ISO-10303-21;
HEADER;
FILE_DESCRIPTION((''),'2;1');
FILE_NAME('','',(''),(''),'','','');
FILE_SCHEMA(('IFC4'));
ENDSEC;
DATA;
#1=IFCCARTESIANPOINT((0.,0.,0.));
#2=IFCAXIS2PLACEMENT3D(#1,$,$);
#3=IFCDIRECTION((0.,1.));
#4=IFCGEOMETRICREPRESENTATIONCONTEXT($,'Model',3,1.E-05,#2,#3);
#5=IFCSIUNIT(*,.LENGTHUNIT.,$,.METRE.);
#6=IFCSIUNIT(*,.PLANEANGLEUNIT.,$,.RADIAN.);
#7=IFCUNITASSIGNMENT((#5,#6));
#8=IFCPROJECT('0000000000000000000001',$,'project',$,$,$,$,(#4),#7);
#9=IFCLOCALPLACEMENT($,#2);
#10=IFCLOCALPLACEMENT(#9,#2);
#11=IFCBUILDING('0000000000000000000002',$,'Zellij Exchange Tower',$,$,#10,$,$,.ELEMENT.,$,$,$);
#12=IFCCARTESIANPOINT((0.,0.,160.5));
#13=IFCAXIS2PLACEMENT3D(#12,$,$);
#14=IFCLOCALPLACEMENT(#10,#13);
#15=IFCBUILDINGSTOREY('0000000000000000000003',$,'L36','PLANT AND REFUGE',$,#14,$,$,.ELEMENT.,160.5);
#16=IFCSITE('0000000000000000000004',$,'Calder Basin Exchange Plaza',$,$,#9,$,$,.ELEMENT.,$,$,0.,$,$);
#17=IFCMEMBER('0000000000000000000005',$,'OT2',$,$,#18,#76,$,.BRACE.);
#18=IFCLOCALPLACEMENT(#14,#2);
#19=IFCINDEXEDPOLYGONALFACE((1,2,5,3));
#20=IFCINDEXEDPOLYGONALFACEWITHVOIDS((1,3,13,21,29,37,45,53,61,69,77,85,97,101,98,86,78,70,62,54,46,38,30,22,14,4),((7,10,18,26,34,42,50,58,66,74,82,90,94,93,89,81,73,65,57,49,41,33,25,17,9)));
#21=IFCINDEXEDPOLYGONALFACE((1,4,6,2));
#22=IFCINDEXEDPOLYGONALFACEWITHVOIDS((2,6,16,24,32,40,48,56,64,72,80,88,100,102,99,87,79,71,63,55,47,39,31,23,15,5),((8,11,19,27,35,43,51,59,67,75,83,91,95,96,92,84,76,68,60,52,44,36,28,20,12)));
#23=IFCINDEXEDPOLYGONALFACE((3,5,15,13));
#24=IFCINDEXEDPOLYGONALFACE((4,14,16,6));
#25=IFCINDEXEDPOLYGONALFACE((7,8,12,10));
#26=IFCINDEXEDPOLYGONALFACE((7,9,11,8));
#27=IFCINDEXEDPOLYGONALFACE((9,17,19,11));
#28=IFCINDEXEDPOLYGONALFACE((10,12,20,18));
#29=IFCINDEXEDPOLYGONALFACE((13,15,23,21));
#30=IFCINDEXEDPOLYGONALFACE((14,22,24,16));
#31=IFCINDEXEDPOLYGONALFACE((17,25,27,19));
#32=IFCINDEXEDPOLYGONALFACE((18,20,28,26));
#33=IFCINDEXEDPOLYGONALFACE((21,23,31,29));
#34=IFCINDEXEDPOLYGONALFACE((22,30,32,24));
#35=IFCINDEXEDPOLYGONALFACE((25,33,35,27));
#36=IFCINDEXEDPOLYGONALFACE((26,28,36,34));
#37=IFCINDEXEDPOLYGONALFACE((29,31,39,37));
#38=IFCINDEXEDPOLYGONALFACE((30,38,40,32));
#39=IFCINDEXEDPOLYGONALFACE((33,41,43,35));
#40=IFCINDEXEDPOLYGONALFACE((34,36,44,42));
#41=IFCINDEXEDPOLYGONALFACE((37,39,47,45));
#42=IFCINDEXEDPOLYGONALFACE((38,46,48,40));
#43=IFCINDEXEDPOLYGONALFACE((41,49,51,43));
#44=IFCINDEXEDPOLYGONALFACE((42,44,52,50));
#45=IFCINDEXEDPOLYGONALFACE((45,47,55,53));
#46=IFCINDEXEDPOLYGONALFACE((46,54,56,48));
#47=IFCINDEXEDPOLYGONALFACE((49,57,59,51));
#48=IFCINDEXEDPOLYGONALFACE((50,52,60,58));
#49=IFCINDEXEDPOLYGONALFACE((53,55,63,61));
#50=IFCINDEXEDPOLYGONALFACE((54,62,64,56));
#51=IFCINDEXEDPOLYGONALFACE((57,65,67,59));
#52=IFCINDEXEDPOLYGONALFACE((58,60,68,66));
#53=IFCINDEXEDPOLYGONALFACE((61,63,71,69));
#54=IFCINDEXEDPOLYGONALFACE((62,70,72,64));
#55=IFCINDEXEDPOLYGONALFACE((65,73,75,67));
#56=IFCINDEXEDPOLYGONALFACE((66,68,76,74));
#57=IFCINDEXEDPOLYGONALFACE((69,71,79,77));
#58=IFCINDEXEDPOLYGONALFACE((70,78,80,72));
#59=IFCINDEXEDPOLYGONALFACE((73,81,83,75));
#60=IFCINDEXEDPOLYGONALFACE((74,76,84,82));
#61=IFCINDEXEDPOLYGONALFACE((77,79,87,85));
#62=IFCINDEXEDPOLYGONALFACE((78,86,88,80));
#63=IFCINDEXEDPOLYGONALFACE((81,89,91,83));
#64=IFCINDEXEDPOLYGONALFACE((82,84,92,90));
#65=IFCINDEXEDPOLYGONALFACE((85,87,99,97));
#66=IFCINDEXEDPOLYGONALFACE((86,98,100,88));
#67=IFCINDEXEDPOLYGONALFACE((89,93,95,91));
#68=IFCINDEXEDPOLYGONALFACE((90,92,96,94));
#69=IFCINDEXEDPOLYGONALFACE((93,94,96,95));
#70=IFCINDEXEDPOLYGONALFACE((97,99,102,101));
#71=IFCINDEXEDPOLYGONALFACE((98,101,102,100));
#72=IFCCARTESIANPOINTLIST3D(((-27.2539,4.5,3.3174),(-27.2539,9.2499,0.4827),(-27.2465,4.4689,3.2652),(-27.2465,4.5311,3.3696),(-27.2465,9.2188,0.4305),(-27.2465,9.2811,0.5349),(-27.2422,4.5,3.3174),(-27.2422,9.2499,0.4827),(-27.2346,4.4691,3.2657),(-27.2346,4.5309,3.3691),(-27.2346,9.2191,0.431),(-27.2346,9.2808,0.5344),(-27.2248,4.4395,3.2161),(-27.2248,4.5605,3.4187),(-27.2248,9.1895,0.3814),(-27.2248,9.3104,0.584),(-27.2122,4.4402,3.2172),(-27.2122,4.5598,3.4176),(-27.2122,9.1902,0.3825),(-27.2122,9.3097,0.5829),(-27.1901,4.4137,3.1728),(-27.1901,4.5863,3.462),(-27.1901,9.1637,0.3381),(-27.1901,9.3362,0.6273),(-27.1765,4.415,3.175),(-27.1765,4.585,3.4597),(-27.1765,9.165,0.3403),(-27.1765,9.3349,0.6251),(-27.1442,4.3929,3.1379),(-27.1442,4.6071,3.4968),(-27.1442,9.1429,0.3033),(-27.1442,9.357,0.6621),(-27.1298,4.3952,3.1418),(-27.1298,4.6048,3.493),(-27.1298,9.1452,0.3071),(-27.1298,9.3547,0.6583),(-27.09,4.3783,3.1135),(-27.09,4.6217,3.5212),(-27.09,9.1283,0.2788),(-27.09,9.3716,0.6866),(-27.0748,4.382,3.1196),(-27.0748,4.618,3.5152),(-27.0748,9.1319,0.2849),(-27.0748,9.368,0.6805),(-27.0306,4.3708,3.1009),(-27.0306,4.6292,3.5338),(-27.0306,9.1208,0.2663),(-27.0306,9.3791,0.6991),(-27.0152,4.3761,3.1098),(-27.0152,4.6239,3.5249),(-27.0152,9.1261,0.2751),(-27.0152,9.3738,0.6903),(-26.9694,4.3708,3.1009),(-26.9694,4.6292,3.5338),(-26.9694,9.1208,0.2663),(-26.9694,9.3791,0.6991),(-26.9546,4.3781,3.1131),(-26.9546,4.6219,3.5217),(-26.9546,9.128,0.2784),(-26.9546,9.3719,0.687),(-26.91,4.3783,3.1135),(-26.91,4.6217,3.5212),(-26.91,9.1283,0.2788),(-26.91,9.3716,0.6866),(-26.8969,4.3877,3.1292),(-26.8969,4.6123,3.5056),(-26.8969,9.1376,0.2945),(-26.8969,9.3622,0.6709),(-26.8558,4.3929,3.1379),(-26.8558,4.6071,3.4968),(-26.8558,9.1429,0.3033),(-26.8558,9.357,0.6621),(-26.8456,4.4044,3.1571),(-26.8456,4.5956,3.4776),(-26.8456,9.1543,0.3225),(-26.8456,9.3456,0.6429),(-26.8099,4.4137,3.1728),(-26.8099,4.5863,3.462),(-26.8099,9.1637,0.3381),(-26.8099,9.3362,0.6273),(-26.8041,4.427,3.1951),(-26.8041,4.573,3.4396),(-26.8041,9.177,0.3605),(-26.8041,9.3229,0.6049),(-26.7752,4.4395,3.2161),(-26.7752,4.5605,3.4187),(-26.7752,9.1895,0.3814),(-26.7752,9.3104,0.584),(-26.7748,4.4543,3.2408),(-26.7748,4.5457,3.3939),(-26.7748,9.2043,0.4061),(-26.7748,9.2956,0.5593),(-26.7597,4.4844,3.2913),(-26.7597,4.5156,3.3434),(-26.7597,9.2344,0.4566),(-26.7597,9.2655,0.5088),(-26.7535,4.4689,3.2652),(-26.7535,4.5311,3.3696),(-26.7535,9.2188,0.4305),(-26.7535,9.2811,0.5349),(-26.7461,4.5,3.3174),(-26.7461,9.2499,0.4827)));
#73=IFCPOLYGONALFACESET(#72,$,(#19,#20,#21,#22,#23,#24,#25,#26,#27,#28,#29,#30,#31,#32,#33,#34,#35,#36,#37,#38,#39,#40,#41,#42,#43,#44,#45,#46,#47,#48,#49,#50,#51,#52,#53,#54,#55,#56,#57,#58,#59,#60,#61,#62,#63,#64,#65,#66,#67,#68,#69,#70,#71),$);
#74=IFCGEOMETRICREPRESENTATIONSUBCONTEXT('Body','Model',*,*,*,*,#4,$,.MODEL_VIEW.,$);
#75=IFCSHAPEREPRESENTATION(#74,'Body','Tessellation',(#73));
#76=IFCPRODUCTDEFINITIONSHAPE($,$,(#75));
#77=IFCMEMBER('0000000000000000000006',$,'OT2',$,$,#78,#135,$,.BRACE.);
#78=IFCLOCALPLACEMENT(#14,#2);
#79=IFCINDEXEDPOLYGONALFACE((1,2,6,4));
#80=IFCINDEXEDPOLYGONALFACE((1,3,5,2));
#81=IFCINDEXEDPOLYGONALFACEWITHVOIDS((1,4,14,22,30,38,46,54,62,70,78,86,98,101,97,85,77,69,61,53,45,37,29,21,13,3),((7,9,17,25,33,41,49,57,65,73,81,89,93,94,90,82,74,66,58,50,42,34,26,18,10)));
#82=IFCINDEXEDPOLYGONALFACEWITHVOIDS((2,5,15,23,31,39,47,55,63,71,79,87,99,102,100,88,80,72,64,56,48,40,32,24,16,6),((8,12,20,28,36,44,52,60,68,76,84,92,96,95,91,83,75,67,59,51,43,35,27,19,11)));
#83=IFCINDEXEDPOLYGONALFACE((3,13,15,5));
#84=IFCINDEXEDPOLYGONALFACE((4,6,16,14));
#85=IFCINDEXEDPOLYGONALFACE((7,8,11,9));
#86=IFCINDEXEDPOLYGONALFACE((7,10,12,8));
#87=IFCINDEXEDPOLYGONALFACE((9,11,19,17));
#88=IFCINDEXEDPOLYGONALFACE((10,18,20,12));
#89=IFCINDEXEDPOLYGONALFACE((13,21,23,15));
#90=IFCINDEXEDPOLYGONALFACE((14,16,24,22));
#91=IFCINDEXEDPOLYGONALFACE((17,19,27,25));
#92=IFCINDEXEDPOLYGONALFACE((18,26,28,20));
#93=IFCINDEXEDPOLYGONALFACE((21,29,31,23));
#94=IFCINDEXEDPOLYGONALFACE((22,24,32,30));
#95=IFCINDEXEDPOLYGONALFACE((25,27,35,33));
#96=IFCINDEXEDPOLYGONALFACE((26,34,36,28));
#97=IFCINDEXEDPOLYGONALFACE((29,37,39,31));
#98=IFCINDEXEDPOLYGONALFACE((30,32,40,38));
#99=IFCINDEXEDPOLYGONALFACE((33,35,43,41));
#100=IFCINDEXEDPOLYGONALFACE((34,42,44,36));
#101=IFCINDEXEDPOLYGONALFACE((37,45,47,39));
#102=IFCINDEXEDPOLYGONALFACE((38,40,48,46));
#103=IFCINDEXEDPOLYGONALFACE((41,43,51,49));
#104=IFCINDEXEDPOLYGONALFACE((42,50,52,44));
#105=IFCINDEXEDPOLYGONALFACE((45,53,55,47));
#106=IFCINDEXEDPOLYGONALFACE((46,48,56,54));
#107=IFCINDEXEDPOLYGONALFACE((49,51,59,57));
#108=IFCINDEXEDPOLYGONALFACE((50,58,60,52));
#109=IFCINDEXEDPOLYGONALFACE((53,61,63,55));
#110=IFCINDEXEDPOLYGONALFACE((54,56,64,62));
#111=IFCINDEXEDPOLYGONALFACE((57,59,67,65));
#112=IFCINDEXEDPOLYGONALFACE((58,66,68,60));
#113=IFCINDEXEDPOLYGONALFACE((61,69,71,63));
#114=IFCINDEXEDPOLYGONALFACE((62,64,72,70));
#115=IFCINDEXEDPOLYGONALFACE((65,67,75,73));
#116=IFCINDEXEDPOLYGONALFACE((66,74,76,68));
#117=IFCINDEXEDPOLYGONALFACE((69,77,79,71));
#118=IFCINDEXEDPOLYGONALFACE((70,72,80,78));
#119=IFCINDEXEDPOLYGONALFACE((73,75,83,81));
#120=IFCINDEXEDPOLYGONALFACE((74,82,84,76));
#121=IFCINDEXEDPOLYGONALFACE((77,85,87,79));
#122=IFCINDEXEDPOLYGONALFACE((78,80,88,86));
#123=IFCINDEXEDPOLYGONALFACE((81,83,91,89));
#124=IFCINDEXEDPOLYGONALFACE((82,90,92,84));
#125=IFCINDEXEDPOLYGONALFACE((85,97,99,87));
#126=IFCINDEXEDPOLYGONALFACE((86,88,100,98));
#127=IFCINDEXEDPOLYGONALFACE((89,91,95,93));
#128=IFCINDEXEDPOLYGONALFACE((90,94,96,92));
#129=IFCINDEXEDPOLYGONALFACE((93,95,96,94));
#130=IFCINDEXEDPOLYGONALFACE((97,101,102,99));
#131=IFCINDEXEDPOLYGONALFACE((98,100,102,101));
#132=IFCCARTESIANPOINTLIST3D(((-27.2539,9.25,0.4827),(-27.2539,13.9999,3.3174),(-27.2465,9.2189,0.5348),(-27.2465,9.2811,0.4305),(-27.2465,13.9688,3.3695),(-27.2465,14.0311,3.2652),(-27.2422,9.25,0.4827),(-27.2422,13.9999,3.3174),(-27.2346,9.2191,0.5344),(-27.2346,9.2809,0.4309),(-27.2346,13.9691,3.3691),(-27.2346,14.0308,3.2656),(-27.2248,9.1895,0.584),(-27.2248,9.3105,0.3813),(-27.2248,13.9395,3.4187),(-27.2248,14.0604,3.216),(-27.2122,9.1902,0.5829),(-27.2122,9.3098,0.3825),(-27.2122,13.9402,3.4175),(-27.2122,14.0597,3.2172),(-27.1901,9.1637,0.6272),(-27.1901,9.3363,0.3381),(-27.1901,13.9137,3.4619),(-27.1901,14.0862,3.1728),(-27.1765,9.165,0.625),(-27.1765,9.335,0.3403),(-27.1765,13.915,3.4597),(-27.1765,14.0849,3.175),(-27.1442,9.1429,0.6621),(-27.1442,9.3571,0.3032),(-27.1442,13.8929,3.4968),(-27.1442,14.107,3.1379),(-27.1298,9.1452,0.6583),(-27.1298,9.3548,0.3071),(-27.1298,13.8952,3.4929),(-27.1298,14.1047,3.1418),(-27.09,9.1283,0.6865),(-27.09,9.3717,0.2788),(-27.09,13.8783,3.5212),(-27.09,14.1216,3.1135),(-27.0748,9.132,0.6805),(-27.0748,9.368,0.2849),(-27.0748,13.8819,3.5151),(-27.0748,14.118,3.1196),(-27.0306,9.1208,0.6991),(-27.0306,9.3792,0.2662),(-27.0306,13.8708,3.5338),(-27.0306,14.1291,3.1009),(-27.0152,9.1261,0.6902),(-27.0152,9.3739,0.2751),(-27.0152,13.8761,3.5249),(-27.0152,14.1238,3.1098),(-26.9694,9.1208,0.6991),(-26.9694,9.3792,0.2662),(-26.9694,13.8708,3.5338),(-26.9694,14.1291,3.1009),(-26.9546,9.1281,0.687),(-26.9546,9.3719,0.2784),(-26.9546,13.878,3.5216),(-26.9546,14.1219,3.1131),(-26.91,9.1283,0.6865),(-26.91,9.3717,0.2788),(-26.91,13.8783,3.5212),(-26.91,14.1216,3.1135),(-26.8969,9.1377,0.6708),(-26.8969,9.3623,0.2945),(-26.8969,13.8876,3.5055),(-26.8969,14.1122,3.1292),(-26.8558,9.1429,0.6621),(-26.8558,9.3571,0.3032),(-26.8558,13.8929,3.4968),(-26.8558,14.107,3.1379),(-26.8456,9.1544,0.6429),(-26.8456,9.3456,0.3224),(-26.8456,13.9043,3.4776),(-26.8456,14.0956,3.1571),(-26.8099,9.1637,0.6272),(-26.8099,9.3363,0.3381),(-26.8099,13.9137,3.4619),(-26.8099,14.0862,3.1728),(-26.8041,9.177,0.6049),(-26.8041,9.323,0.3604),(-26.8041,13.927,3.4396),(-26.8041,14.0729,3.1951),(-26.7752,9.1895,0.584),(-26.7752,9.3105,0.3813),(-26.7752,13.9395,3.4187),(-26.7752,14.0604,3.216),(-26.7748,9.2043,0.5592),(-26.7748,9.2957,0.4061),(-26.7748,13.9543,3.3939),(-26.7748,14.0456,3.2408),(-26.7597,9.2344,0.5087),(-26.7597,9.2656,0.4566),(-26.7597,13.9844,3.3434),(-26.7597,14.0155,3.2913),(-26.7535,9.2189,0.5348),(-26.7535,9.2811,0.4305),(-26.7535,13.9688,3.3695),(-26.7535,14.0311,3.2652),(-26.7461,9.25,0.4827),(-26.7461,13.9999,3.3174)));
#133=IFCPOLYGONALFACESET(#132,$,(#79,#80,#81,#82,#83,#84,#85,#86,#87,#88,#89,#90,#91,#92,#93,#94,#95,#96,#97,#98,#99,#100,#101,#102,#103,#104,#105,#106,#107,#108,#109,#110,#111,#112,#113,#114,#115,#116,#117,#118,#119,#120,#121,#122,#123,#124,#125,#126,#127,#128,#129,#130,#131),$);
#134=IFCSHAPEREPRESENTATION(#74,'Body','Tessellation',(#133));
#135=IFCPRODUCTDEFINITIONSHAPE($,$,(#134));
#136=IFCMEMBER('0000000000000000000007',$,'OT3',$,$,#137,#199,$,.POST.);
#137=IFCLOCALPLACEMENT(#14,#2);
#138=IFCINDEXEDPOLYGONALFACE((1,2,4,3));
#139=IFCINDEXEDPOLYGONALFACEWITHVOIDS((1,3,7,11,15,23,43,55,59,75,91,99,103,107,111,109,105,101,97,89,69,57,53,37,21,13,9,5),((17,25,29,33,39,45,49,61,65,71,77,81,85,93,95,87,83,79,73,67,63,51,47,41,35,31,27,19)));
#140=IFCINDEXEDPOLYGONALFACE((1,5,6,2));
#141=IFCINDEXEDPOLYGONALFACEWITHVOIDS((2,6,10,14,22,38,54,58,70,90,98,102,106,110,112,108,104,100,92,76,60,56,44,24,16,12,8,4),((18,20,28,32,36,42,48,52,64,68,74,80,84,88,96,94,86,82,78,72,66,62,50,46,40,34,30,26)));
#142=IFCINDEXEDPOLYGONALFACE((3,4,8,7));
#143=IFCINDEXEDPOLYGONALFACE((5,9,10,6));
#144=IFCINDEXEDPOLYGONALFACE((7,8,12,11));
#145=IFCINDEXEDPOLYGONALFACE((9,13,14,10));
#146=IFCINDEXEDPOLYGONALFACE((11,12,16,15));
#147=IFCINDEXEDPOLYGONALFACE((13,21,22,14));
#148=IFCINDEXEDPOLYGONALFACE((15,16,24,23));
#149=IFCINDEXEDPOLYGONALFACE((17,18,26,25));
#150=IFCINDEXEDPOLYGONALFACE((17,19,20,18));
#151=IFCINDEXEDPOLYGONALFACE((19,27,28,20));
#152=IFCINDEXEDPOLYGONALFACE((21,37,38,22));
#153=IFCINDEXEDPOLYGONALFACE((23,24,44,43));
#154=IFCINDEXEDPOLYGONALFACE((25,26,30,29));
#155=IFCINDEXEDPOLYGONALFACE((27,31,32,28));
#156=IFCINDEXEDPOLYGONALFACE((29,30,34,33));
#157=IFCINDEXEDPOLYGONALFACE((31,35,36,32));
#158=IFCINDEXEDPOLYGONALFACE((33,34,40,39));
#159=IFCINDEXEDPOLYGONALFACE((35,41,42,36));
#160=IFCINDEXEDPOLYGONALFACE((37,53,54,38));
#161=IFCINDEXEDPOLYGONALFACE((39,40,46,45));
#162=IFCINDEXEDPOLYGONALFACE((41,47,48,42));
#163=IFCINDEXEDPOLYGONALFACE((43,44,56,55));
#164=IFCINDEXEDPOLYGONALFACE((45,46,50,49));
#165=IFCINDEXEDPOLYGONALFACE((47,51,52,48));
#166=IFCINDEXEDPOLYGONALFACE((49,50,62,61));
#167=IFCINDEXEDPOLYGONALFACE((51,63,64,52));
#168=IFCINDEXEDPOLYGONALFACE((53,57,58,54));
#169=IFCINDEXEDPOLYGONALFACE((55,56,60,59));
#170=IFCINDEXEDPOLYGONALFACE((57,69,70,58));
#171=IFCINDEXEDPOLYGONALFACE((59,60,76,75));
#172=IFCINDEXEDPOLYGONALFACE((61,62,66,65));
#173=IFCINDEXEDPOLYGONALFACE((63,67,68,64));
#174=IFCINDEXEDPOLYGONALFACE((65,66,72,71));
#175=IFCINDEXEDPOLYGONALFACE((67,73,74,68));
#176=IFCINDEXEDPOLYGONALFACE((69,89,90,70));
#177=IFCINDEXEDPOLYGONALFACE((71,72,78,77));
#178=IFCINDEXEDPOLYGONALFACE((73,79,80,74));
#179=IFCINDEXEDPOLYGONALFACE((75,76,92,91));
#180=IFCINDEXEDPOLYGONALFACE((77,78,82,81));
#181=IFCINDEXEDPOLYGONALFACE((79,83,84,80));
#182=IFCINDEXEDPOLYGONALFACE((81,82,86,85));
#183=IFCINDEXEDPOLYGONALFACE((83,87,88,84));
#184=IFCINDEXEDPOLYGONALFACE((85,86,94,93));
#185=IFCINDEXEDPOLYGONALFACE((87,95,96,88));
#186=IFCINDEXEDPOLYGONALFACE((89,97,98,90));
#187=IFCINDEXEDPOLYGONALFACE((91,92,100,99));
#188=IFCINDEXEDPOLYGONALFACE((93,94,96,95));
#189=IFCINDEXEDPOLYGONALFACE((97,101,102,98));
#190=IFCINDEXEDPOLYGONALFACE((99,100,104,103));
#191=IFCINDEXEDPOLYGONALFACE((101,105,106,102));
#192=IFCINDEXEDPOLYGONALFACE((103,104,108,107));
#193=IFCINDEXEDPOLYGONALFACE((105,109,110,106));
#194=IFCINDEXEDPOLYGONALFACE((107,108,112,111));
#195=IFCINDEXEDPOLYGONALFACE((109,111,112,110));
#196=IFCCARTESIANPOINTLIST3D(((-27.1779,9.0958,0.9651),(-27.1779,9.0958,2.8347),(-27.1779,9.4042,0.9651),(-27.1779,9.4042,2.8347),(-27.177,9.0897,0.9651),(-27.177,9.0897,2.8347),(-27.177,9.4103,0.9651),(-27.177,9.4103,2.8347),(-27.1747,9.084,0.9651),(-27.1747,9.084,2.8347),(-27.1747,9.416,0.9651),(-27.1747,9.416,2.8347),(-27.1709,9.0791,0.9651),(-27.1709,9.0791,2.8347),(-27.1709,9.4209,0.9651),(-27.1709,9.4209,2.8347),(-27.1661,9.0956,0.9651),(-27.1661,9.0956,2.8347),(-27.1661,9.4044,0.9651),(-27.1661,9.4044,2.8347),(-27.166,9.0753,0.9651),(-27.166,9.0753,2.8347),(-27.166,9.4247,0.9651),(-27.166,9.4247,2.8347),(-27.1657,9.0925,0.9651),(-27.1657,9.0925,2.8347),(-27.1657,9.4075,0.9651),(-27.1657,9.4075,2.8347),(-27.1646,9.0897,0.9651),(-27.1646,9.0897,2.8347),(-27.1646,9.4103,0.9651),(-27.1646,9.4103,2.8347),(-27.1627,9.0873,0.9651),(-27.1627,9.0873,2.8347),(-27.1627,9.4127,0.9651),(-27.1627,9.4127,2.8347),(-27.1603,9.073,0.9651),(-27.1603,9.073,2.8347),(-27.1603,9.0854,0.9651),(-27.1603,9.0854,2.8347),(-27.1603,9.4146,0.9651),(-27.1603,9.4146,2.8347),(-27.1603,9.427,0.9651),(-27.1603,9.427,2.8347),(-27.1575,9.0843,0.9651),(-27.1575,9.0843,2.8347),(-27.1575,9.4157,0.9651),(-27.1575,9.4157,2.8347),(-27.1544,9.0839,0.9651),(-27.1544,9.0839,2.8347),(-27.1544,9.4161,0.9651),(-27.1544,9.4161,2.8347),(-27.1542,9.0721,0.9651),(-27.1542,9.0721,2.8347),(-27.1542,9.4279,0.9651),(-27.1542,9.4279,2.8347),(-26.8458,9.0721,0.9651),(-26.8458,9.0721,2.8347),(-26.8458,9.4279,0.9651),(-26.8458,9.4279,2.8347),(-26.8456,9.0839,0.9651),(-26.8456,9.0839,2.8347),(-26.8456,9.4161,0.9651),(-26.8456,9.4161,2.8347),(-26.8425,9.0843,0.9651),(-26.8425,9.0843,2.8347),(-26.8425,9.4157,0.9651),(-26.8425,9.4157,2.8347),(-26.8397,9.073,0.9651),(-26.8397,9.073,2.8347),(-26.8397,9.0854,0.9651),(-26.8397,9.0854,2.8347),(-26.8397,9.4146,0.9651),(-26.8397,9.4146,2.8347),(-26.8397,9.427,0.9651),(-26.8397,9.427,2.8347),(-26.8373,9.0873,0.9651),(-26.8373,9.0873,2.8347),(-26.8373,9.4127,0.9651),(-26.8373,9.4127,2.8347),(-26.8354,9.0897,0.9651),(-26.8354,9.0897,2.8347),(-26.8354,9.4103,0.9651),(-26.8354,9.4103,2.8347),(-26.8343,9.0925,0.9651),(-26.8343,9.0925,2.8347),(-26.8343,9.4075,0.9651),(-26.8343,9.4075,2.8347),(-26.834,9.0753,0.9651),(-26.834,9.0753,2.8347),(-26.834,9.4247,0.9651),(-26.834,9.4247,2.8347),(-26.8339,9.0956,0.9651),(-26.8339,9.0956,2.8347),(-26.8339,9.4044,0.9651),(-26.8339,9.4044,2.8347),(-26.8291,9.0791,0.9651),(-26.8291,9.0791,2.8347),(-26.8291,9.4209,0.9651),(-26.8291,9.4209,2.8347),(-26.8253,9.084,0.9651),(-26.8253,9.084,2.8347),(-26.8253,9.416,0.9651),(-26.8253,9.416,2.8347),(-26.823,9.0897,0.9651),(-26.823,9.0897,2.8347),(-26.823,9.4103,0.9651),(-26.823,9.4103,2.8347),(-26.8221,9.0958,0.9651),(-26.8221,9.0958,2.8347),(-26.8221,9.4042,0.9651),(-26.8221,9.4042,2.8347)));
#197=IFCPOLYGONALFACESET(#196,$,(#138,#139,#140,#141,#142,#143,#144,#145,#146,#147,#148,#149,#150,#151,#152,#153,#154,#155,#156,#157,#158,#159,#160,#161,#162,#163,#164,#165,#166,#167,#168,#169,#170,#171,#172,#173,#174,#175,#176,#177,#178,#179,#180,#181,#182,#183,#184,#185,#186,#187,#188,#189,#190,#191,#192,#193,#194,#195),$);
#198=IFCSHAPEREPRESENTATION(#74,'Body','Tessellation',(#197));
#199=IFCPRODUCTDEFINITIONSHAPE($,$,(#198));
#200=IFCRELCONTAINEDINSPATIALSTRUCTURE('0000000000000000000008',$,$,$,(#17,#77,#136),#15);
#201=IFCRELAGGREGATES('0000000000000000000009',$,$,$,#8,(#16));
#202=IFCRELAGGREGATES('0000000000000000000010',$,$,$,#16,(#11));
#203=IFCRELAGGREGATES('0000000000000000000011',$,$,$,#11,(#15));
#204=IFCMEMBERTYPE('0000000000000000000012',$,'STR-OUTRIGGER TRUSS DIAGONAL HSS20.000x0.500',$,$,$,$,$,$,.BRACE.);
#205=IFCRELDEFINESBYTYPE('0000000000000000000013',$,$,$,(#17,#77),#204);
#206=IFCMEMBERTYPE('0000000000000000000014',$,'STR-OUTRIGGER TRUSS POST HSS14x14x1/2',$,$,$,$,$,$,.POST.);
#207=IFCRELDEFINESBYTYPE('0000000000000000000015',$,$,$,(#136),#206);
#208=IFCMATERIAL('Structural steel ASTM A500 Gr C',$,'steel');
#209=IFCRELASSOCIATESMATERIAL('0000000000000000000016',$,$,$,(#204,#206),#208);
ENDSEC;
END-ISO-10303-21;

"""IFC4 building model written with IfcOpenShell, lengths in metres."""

from ifc_helpers import new_model, si_unit, direction, frame, origin, origin_2d, place, context, subcontext, project, spatial, hollow_rectangle, hollow_circle, extrude, material, material_profile, profile_set, type_object, element, save


model = new_model("IFC4")

# Units and contexts
model_context = context("Model", 3, precision=1e-05, world=origin(), true_north=direction((0.0, 1.0)))
body_context = subcontext(model_context, "Body", "Model", "MODEL_VIEW")
ifc_project = project(units=[si_unit("LENGTHUNIT", "METRE"), si_unit("PLANEANGLEUNIT", "RADIAN")], contexts=[model_context])

# Site, building, storey
site_placement = place(None, origin())
site = spatial("IfcSite", under=ifc_project, at=site_placement, Name="Calder Basin Exchange Plaza", CompositionType="ELEMENT", RefElevation=0.0)
building_placement = place(site_placement, origin())
building = spatial("IfcBuilding", under=site, at=building_placement, Name="Zellij Exchange Tower", CompositionType="ELEMENT")
storey_placement = place(building_placement, frame((0.0, 0.0, 160.5)))
storey = spatial("IfcBuildingStorey", under=building, at=storey_placement, Name="L36", Description="PLANT AND REFUGE", CompositionType="ELEMENT", Elevation=160.5)

# Shared definitions
ifc_material_1 = material(Name="Structural steel ASTM A500 Gr C", Category="steel")

# Members
ifc_material_profile_1 = material_profile(ifc_material_1, hollow_circle(Radius=0.2539, WallThickness=0.0117, at=origin_2d()), Name="STR-OUTRIGGER TRUSS DIAGONAL HSS20.000x0.500")
ifc_profile_set_1 = profile_set([ifc_material_profile_1], Name="Structural steel ASTM A500 Gr C")
member_type_1 = type_object("IfcMemberType", Name="STR-OUTRIGGER TRUSS DIAGONAL HSS20.000x0.500", PredefinedType="BRACE", material=ifc_profile_set_1)
for number, where, z_axis, x_axis, name in (
    (1, (-27.0, 4.5, 3.3174), (0.0, 0.858709, -0.512463), (-1.0, 0.0, 0.0), "OT2"),
    (2, (-27.0, 9.25, 0.4827), (0.0, 0.858709, 0.512463), (-1.0, 0.0, 0.0), "OT2"),
):
    element("IfcMember", number, at=place(storey_placement, frame(where, z_axis=z_axis, x_axis=x_axis)), inside=storey, type_object=member_type_1, Name=name, PredefinedType="BRACE", context=body_context, shape_type="SweptSolid", body=[
        extrude(hollow_circle(Radius=0.2539, WallThickness=0.0117, at=origin_2d()), origin(), (0.0, 0.0, 1.0), 5.5315),
    ])
ifc_material_profile_2 = material_profile(ifc_material_1, hollow_rectangle(XDim=0.3557, YDim=0.3557, WallThickness=0.0117, InnerFilletRadius=0.0117, OuterFilletRadius=0.0237, at=origin_2d()), Name="STR-OUTRIGGER TRUSS POST HSS14x14x1/2")
ifc_profile_set_2 = profile_set([ifc_material_profile_2], Name="Structural steel ASTM A500 Gr C")
member_type_2 = type_object("IfcMemberType", Name="STR-OUTRIGGER TRUSS POST HSS14x14x1/2", PredefinedType="POST", material=ifc_profile_set_2)
member_1_placement = place(storey_placement, frame((-27.0, 9.25, 0.9651), z_axis=(0.0, 0.0, 1.0), x_axis=(1.0, 0.0, 0.0)))
element("IfcMember", 3, at=member_1_placement, inside=storey, type_object=member_type_2, Name="OT3", PredefinedType="POST", context=body_context, shape_type="SweptSolid", body=[
    extrude(hollow_rectangle(XDim=0.3557, YDim=0.3557, WallThickness=0.0117, InnerFilletRadius=0.0117, OuterFilletRadius=0.0237, at=origin_2d()), origin(), (0.0, 0.0, 1.0), 1.8696),
])

save(model, "model.ifc")
